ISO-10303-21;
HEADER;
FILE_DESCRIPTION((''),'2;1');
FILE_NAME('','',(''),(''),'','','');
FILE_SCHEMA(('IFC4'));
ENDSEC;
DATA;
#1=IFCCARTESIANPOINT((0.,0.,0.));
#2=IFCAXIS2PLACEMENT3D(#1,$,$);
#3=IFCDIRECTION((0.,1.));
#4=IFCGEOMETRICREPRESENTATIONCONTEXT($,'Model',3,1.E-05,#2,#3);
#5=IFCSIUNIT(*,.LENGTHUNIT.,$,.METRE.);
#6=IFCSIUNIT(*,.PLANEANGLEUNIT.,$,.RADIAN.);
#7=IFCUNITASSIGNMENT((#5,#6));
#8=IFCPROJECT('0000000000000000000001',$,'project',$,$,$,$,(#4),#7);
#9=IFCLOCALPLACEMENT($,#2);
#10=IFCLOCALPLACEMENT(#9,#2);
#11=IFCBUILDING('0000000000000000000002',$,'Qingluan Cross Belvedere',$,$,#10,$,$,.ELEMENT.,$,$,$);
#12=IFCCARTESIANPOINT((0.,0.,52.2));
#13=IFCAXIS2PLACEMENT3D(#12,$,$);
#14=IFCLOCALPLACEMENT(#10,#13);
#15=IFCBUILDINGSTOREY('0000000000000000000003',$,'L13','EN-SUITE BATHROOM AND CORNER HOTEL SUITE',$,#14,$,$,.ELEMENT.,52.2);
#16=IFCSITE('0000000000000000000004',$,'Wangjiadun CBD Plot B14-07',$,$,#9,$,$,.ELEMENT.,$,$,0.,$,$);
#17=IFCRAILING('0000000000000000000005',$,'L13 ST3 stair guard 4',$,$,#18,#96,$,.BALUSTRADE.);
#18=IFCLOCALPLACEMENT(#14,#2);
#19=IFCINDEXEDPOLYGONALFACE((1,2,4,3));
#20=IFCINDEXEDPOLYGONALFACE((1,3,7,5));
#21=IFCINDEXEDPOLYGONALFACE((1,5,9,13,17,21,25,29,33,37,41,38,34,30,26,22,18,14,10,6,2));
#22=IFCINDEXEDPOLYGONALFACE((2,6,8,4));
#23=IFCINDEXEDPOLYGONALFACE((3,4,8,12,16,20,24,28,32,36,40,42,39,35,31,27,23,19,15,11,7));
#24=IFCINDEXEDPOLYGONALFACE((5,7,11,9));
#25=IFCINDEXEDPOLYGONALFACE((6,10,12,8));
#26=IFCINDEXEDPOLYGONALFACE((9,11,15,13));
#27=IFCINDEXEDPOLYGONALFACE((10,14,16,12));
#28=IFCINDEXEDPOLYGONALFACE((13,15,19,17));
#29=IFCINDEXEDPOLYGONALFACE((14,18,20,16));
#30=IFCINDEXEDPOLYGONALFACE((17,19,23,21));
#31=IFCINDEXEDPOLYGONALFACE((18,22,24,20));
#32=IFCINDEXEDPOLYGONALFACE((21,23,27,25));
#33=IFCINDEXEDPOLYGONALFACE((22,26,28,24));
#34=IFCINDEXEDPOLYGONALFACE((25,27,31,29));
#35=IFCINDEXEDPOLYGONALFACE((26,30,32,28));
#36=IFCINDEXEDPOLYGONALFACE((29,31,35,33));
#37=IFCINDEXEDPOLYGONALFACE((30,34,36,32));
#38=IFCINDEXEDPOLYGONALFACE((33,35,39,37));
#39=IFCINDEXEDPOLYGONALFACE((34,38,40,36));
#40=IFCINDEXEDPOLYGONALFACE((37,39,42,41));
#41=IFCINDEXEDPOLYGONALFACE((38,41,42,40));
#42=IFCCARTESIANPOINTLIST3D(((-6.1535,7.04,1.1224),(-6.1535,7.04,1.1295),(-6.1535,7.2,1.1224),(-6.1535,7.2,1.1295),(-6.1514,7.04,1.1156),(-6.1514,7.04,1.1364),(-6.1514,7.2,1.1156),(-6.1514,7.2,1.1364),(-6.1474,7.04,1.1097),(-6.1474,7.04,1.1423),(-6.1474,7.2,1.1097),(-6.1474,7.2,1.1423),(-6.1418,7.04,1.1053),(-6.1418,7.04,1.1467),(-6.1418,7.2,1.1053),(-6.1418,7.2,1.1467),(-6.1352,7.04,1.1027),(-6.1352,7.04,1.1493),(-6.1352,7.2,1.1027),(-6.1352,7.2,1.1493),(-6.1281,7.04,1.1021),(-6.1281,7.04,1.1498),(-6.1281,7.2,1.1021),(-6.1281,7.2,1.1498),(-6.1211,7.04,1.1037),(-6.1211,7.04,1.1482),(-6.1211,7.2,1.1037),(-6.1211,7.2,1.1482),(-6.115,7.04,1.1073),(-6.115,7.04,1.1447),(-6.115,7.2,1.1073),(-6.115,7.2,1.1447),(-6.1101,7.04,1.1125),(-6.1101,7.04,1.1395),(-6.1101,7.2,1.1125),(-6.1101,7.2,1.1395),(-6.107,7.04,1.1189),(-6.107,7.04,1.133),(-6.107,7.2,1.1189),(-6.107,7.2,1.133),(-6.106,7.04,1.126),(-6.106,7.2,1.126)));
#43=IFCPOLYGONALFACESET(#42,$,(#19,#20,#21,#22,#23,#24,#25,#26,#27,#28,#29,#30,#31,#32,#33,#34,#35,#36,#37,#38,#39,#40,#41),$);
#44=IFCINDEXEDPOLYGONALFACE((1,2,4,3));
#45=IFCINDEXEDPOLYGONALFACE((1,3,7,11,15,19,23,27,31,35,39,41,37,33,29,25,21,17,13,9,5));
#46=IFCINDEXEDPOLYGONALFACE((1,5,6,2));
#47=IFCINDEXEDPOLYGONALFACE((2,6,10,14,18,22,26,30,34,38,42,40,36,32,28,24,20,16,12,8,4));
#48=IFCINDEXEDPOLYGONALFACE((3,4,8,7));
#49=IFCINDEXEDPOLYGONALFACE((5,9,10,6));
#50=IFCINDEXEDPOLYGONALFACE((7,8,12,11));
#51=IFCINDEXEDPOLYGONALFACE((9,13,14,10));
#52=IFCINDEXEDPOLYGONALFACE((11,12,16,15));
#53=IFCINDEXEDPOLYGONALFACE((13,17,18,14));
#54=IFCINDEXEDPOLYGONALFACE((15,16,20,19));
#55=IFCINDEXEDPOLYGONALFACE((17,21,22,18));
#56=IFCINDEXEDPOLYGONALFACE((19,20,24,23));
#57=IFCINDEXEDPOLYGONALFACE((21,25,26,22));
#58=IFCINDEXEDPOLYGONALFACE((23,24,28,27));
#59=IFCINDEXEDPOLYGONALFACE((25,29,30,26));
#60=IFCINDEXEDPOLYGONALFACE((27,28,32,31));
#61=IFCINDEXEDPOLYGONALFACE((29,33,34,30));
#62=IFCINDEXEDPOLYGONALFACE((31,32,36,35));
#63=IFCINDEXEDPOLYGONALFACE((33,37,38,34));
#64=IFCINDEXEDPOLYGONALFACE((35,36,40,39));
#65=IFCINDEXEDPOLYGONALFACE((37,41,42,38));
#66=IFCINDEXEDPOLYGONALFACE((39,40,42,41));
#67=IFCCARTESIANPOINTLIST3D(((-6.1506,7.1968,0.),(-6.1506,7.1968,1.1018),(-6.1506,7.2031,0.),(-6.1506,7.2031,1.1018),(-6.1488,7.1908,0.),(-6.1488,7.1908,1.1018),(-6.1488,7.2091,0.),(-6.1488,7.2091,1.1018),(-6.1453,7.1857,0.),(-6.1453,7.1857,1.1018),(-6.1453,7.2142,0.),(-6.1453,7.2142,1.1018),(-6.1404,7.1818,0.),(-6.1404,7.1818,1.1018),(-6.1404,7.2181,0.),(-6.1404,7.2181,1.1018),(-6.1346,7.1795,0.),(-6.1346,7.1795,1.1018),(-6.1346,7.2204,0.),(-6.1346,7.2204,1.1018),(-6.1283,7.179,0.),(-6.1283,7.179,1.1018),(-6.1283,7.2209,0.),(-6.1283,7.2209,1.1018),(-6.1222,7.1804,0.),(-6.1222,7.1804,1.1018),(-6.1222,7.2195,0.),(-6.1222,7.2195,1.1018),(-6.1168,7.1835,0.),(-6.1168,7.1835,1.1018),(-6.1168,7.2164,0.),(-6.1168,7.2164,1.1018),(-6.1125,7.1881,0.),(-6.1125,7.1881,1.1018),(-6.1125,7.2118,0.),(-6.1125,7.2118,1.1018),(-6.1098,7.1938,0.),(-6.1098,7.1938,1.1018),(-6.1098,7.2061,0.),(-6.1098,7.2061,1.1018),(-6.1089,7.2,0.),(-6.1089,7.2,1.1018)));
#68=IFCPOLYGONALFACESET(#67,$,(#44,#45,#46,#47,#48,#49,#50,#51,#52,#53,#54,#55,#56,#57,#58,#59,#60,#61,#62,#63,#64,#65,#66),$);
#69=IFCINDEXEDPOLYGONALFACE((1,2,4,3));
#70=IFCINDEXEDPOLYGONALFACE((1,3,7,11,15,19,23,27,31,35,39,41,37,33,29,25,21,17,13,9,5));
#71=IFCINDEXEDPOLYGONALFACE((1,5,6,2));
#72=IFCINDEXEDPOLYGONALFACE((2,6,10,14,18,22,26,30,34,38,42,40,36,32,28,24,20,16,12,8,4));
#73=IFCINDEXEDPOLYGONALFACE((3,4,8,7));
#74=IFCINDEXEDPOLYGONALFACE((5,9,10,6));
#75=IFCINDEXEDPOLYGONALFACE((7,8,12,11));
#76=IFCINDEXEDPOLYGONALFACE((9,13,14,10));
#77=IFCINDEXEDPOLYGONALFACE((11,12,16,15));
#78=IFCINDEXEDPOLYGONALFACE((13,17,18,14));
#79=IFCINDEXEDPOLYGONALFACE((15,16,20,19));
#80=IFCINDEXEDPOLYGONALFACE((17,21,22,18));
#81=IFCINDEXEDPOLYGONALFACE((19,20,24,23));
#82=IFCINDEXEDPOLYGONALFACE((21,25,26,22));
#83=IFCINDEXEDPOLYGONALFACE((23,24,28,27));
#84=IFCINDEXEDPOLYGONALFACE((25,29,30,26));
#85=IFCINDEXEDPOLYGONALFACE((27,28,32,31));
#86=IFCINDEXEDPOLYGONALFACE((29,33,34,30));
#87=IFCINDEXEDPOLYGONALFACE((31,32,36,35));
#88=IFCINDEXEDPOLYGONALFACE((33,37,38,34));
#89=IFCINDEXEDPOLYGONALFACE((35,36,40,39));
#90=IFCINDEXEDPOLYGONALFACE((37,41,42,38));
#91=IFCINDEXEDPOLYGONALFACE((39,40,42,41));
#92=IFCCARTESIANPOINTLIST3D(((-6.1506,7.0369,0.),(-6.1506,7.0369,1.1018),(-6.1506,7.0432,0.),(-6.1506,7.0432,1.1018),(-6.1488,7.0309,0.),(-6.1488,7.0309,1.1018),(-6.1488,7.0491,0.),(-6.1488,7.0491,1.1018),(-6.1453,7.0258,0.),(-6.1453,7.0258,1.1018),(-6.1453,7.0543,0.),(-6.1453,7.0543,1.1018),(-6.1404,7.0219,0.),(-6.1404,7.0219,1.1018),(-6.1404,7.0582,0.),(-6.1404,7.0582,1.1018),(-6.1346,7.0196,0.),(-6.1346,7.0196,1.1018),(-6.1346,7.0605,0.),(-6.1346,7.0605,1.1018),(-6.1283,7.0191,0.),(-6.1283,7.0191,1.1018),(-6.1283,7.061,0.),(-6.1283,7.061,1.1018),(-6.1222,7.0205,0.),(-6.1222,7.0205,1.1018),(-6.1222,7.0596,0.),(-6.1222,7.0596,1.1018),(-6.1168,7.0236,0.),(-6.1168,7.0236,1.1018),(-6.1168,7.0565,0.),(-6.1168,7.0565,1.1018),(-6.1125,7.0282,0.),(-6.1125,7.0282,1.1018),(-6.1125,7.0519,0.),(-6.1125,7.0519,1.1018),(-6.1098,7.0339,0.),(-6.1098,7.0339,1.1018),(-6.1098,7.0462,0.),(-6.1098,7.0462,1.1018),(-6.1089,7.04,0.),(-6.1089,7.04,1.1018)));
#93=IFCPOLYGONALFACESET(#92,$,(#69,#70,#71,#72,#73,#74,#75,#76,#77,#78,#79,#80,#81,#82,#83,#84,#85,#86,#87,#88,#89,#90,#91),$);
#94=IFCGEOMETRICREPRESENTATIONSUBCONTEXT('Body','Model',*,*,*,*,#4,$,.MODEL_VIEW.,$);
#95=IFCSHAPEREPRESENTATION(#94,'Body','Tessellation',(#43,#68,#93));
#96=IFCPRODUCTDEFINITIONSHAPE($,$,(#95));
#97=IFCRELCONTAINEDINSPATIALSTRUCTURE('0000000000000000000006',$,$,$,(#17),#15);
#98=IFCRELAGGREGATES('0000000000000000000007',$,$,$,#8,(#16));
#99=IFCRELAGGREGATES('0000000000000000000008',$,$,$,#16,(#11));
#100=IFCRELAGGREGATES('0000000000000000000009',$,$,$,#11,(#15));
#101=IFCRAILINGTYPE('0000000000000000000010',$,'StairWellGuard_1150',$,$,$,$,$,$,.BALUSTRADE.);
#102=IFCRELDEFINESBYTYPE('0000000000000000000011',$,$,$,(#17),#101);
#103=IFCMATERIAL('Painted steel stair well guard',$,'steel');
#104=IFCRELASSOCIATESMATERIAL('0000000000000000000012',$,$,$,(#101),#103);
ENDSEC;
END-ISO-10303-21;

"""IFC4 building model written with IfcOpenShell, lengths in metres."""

from ifc_helpers import new_model, si_unit, direction, frame, origin, origin_2d, place, context, subcontext, project, spatial, circle, extrude, material, type_object, element, save


model = new_model("IFC4")

# Units and contexts
model_context = context("Model", 3, precision=1e-05, world=origin(), true_north=direction((0.0, 1.0)))
body_context = subcontext(model_context, "Body", "Model", "MODEL_VIEW")
ifc_project = project(units=[si_unit("LENGTHUNIT", "METRE"), si_unit("PLANEANGLEUNIT", "RADIAN")], contexts=[model_context])

# Site, building, storey
site_placement = place(None, origin())
site = spatial("IfcSite", under=ifc_project, at=site_placement, Name="Wangjiadun CBD Plot B14-07", CompositionType="ELEMENT", RefElevation=0.0)
building_placement = place(site_placement, origin())
building = spatial("IfcBuilding", under=site, at=building_placement, Name="Qingluan Cross Belvedere", CompositionType="ELEMENT")
storey_placement = place(building_placement, frame((0.0, 0.0, 52.2)))
storey = spatial("IfcBuildingStorey", under=building, at=storey_placement, Name="L13", Description="EN-SUITE BATHROOM AND CORNER HOTEL SUITE", CompositionType="ELEMENT", Elevation=52.2)

# Railing
ifc_material_1 = material(Name="Painted steel stair well guard", Category="steel")
railing_type_1 = type_object("IfcRailingType", Name="StairWellGuard_1150", PredefinedType="BALUSTRADE", material=ifc_material_1)
railing_1_placement = place(storey_placement, frame((-6.1299, 7.2, 0.0)))
element("IfcRailing", 1, at=railing_1_placement, inside=storey, type_object=railing_type_1, Name="L13 ST3 stair guard 4", PredefinedType="BALUSTRADE", context=body_context, shape_type="SweptSolid", body=[
    extrude(circle(Radius=0.0239, at=origin_2d()), frame((0.0, 0.0, 1.126), z_axis=(0.0, -1.0, 0.0), x_axis=(1.0, 0.0, 0.0)), (0.0, 0.0, 1.0), 0.1599),
    extrude(circle(Radius=0.021, at=origin_2d()), origin(), (0.0, 0.0, 1.0), 1.1018),
    extrude(circle(Radius=0.021, at=origin_2d()), frame((0.0, -0.1599, 0.0)), (0.0, 0.0, 1.0), 1.1018),
])

save(model, "model.ifc")
